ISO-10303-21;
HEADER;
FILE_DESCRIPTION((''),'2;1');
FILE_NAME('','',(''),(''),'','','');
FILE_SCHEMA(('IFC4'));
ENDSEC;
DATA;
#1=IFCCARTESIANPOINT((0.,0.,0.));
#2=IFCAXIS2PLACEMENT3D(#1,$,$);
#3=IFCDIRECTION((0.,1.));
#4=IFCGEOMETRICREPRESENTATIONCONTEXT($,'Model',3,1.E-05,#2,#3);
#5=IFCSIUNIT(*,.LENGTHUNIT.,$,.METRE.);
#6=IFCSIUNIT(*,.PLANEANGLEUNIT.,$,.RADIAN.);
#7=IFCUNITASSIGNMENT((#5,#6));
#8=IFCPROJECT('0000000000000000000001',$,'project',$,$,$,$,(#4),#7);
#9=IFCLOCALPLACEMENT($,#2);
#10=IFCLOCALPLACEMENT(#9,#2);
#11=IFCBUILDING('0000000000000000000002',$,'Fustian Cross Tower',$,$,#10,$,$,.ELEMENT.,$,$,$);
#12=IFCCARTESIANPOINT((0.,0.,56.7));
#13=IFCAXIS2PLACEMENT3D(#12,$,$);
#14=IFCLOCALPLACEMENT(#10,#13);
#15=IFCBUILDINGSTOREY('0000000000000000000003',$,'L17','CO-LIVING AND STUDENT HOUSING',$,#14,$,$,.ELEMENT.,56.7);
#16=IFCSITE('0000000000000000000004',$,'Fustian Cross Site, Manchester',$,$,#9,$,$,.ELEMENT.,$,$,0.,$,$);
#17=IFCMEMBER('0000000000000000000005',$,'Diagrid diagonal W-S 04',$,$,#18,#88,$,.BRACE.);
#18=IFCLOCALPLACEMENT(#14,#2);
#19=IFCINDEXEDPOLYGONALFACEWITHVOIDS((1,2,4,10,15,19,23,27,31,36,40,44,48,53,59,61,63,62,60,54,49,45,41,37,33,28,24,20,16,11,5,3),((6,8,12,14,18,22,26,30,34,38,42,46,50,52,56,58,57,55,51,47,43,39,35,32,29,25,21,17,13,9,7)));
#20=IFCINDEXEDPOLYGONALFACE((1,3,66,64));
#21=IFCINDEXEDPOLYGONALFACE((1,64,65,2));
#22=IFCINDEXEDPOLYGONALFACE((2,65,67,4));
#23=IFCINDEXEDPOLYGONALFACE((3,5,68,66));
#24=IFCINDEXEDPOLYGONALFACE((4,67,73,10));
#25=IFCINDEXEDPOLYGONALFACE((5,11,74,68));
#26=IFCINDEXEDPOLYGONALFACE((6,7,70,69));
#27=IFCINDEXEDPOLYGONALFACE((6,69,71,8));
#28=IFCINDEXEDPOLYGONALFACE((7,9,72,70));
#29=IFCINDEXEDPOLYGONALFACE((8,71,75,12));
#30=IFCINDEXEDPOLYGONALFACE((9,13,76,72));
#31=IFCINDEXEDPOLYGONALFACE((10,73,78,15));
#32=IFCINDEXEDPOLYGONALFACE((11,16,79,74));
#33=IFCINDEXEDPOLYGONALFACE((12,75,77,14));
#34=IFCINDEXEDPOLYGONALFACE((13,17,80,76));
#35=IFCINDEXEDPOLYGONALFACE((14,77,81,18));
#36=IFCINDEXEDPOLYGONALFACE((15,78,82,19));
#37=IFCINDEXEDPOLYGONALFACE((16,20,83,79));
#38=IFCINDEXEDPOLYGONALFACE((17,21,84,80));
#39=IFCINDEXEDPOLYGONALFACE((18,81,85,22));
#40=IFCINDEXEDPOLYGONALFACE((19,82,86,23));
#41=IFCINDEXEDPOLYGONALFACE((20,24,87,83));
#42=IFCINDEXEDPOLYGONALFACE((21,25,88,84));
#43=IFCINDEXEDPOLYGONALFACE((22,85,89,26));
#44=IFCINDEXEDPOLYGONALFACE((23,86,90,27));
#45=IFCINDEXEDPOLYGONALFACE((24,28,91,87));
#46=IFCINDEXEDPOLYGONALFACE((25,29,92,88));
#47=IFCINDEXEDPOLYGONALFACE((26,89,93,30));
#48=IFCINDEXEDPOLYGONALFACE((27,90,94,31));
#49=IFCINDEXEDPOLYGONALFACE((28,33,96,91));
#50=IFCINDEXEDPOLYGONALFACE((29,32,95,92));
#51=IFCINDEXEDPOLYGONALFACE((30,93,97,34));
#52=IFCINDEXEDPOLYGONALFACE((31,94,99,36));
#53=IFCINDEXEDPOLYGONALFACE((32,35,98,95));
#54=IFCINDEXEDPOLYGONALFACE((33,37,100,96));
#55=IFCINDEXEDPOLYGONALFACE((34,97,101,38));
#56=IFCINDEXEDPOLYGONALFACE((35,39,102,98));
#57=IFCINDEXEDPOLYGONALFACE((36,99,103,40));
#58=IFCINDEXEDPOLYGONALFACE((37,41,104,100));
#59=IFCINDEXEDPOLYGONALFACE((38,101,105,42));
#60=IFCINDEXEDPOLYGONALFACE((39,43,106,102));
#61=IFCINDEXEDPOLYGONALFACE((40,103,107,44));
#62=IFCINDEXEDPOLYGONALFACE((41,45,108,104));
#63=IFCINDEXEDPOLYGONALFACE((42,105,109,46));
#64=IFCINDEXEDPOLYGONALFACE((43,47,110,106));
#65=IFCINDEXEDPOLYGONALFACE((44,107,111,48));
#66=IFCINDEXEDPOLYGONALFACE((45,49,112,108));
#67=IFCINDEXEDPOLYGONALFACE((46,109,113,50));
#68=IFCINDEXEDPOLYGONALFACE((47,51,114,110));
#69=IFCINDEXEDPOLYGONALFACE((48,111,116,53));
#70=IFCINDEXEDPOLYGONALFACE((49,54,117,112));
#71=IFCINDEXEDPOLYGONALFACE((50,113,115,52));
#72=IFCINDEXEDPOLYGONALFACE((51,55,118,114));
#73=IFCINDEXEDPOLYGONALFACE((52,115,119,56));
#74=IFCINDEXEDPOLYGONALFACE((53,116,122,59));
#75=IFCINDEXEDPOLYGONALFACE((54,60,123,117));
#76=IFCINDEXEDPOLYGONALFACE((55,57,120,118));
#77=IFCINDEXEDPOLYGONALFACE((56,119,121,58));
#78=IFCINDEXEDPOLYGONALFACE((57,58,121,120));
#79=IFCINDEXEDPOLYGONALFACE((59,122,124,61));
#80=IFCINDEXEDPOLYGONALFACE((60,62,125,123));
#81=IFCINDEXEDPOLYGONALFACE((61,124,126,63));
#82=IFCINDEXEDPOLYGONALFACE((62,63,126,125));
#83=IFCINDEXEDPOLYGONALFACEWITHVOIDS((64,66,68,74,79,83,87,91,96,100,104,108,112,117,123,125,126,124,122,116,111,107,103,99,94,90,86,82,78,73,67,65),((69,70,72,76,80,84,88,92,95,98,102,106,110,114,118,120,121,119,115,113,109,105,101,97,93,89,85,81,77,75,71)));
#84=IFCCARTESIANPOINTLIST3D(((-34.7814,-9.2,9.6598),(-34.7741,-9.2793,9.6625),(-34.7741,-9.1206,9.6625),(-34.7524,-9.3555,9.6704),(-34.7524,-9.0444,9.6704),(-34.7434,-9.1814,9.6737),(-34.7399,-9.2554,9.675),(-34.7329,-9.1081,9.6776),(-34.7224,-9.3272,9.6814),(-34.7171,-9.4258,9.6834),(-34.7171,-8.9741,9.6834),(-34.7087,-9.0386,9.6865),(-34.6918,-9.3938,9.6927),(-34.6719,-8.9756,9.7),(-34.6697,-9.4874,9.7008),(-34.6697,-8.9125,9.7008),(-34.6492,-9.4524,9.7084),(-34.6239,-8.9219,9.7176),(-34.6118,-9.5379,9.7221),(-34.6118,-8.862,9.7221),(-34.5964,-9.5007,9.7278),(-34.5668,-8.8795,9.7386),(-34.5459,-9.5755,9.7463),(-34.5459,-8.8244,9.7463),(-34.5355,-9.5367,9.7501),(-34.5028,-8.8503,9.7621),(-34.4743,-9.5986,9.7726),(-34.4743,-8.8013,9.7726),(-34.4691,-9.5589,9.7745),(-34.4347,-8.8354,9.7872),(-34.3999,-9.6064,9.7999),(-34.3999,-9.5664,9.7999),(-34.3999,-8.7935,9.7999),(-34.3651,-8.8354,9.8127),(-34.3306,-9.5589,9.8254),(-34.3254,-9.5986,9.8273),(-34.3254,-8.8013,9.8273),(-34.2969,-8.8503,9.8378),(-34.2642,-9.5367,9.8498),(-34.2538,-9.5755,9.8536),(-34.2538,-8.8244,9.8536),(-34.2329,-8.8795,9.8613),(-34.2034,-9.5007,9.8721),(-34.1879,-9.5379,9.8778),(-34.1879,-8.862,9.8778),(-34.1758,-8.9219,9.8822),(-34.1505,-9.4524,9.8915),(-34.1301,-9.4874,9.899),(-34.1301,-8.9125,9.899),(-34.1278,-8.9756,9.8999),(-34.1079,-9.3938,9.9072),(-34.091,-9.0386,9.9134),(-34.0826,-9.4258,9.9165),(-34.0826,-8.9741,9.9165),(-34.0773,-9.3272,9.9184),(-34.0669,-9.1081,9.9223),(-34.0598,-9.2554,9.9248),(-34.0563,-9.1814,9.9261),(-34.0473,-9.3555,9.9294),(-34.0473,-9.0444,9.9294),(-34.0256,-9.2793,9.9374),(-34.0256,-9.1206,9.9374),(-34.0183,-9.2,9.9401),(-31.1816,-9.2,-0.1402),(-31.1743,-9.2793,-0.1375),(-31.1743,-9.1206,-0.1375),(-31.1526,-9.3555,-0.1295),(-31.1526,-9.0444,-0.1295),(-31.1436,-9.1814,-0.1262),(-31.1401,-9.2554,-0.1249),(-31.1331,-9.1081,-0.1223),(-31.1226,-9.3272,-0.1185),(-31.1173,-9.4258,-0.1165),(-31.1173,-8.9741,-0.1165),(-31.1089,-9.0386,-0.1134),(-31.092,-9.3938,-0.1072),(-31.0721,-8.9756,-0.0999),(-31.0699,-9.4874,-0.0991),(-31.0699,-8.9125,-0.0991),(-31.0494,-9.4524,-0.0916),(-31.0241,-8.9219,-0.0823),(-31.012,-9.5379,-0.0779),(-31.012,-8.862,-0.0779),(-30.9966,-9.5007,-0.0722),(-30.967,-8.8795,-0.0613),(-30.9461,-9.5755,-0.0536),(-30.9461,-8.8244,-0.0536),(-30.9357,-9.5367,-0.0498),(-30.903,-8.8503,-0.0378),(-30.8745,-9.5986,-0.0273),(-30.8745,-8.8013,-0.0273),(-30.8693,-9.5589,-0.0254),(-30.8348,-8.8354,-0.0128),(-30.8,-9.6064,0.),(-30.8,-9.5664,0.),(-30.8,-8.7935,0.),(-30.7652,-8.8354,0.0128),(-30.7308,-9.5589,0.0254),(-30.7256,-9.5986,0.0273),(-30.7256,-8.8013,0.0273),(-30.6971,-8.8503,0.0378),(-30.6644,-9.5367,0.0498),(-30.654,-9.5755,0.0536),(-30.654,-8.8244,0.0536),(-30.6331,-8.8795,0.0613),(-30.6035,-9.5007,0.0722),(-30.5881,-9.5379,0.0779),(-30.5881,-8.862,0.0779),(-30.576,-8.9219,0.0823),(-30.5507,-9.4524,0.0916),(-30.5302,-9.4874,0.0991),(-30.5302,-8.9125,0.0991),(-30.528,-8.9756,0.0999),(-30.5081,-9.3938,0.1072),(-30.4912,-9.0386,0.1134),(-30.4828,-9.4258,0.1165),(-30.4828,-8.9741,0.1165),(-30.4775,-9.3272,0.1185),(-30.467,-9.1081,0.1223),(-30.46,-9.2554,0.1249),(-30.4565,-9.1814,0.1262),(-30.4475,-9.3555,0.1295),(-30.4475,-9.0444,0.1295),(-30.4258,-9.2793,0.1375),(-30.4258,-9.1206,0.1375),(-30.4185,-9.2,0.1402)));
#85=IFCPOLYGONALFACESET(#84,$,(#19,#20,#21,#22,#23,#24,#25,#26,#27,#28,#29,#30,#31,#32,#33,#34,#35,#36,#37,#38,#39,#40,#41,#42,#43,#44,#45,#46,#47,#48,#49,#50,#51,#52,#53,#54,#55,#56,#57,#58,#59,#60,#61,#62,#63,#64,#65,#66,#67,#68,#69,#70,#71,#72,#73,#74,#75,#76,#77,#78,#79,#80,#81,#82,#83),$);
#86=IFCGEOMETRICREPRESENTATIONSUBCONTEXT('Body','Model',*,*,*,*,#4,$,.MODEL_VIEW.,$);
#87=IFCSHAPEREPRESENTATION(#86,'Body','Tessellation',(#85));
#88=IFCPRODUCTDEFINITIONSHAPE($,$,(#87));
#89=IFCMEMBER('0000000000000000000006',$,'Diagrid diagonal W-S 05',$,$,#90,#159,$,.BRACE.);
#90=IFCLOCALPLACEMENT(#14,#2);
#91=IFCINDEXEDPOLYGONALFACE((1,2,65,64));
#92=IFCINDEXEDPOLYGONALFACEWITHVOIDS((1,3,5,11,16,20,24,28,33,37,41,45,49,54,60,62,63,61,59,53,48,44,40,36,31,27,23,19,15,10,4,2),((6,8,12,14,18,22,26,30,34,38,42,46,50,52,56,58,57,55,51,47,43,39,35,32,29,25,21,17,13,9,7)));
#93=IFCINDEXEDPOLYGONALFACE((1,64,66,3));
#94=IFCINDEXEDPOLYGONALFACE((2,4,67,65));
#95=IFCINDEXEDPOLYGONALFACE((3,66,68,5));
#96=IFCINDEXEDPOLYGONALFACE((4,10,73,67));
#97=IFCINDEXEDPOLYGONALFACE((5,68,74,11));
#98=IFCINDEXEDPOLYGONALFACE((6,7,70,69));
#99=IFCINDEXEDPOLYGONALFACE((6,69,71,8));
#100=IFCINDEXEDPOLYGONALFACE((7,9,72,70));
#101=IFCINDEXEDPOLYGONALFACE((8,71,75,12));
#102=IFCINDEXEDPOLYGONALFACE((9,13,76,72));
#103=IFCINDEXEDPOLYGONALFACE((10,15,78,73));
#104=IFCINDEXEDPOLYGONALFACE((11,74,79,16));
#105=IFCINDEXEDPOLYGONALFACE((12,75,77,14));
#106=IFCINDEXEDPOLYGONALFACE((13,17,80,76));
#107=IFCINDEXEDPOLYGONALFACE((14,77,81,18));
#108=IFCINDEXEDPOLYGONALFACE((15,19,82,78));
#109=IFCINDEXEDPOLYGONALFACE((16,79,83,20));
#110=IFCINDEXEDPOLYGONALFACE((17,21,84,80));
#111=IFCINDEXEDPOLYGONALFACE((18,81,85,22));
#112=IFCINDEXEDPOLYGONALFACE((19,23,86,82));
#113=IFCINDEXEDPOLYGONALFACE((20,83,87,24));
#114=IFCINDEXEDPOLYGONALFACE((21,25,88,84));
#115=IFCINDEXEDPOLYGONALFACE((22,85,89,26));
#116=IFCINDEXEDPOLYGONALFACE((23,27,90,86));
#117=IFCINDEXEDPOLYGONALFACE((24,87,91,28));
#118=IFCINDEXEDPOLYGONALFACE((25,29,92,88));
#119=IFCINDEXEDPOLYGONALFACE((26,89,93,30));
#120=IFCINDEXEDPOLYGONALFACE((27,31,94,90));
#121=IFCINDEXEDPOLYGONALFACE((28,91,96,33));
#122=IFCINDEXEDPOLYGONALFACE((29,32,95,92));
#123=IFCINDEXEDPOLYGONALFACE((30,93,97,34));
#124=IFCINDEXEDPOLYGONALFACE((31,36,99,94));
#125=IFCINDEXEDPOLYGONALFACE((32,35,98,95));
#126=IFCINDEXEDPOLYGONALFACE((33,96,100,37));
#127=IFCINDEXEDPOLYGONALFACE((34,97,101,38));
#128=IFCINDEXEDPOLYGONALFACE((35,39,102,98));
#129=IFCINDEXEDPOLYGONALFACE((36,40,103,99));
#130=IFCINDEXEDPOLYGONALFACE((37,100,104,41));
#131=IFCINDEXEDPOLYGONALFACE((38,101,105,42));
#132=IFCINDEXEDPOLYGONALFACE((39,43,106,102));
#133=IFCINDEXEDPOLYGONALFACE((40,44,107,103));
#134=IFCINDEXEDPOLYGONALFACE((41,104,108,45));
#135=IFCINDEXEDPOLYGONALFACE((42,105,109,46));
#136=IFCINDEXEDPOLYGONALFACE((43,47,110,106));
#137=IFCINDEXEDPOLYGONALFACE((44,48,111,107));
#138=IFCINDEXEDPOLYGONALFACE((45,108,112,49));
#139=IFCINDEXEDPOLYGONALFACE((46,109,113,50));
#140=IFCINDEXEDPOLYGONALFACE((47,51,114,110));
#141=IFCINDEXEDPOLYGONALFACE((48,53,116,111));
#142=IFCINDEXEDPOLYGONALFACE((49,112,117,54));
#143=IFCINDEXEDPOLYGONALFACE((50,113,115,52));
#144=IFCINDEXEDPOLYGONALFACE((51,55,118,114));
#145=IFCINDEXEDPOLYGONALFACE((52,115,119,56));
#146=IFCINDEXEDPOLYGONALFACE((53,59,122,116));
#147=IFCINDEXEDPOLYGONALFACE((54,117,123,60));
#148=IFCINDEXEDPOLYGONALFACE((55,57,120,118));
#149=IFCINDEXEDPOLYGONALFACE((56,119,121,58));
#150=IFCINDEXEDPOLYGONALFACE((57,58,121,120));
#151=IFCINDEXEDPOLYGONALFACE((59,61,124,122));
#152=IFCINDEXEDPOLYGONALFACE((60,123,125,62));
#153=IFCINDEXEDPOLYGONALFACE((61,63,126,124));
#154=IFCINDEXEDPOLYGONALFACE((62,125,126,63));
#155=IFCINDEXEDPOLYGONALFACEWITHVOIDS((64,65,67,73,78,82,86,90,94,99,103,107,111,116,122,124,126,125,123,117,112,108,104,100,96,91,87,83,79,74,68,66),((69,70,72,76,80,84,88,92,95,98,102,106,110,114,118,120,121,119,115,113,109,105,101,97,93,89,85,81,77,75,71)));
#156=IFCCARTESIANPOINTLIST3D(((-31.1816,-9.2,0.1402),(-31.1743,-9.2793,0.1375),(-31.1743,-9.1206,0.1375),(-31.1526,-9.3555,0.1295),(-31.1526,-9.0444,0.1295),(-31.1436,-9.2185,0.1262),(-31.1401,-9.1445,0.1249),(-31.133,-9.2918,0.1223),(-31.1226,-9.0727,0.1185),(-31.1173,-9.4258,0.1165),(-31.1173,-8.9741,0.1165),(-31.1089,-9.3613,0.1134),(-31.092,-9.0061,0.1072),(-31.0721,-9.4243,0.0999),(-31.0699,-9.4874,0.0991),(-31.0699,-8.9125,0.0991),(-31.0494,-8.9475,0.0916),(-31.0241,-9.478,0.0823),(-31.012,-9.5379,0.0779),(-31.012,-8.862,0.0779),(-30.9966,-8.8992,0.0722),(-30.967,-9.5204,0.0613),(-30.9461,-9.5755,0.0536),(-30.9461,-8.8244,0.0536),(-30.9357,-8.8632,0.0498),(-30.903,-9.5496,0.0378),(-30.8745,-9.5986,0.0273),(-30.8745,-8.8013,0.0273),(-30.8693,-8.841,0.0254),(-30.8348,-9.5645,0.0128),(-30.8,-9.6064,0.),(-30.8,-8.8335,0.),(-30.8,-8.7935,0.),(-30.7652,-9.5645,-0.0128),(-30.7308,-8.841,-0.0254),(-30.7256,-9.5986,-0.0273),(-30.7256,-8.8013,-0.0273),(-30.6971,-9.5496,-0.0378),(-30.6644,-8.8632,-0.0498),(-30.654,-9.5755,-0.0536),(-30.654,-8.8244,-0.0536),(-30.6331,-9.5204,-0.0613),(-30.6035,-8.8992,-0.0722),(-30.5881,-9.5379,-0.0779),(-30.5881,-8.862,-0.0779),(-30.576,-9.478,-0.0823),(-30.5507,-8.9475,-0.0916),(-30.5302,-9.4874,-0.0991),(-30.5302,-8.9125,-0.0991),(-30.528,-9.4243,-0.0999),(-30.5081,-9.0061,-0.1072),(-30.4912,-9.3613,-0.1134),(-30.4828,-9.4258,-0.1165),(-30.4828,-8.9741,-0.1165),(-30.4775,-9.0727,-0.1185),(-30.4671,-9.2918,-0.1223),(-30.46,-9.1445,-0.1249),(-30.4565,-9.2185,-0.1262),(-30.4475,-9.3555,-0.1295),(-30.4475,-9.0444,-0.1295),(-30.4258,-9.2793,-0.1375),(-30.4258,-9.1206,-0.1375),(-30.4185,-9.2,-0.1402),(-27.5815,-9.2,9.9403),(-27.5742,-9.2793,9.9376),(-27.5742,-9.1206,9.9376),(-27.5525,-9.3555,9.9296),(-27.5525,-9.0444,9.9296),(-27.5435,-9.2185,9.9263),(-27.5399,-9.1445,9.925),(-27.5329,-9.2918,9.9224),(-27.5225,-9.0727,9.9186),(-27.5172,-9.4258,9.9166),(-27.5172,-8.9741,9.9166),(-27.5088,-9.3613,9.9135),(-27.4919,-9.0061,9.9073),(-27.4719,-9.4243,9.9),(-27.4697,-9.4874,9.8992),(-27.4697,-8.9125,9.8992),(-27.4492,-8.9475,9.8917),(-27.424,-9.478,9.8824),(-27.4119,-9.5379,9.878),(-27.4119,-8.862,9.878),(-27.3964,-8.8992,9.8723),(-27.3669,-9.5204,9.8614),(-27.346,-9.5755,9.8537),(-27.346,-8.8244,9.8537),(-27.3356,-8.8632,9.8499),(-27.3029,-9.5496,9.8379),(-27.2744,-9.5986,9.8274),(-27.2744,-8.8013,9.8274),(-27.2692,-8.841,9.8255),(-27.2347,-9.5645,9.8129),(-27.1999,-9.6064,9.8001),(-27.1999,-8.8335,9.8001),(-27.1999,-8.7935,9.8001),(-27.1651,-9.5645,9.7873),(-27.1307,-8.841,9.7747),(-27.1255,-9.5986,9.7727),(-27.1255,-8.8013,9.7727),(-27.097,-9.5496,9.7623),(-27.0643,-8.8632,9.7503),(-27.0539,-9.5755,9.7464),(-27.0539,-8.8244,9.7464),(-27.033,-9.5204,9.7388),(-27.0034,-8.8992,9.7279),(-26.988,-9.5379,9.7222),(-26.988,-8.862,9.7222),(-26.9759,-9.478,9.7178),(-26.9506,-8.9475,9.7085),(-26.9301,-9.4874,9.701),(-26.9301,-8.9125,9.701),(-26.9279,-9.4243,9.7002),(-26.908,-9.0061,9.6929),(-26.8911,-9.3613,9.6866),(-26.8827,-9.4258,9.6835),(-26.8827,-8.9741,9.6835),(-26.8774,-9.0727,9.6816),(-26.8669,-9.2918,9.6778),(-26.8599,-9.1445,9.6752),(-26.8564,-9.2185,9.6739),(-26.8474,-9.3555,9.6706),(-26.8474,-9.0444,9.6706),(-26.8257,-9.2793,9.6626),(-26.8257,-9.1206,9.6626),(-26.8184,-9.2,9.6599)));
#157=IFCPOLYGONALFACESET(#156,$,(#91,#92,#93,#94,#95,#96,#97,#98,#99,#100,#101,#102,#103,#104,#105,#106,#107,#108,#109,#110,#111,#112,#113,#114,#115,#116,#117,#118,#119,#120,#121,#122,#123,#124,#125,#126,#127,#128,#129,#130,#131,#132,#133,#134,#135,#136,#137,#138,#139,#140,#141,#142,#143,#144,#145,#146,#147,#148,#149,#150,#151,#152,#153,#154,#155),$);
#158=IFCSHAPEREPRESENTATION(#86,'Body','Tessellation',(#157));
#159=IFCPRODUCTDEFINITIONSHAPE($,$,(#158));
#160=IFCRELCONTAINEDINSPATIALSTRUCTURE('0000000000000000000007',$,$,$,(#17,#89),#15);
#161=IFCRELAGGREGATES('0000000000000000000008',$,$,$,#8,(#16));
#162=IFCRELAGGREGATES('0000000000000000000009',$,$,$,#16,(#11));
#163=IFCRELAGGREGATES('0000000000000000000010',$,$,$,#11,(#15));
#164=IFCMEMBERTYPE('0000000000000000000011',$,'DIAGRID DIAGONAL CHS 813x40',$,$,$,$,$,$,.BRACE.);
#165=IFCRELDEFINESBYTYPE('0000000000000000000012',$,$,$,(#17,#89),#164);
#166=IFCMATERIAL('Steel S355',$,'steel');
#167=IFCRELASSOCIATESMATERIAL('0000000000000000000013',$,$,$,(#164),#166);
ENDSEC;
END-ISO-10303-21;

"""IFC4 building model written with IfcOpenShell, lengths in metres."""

from ifc_helpers import new_model, si_unit, direction, frame, origin, origin_2d, place, context, subcontext, project, spatial, hollow_circle, extrude, material, material_profile, profile_set, type_object, element, save


model = new_model("IFC4")

# Units and contexts
model_context = context("Model", 3, precision=1e-05, world=origin(), true_north=direction((0.0, 1.0)))
body_context = subcontext(model_context, "Body", "Model", "MODEL_VIEW")
ifc_project = project(units=[si_unit("LENGTHUNIT", "METRE"), si_unit("PLANEANGLEUNIT", "RADIAN")], contexts=[model_context])

# Site, building, storey
site_placement = place(None, origin())
site = spatial("IfcSite", under=ifc_project, at=site_placement, Name="Fustian Cross Site, Manchester", CompositionType="ELEMENT", RefElevation=0.0)
building_placement = place(site_placement, origin())
building = spatial("IfcBuilding", under=site, at=building_placement, Name="Fustian Cross Tower", CompositionType="ELEMENT")
storey_placement = place(building_placement, frame((0.0, 0.0, 56.7)))
storey = spatial("IfcBuildingStorey", under=building, at=storey_placement, Name="L17", Description="CO-LIVING AND STUDENT HOUSING", CompositionType="ELEMENT", Elevation=56.7)

# Members
ifc_material_1 = material(Name="Steel S355", Category="steel")
ifc_material_profile_1 = material_profile(ifc_material_1, hollow_circle(Radius=0.4065, WallThickness=0.04, at=origin_2d()), Name="CHS 813x40")
ifc_profile_set_1 = profile_set([ifc_material_profile_1], Name="Steel S355")
member_type_1 = type_object("IfcMemberType", Name="DIAGRID DIAGONAL CHS 813x40", PredefinedType="BRACE", material=ifc_profile_set_1)
member_1_placement = place(storey_placement, frame((-30.8, -9.2, 0.0), z_axis=(-0.344804, 0.0, 0.938675), x_axis=(0.0, -1.0, 0.0)))
element("IfcMember", 1, at=member_1_placement, inside=storey, type_object=member_type_1, Name="Diagrid diagonal W-S 04", PredefinedType="BRACE", context=body_context, shape_type="SweptSolid", body=[
    extrude(hollow_circle(Radius=0.4065, WallThickness=0.04, at=origin_2d()), origin(), (0.0, 0.0, 1.0), 10.4402),
])
member_2_placement = place(storey_placement, frame((-30.8, -9.2, 0.0), z_axis=(0.344824, 0.0, 0.938667), x_axis=(0.0, 1.0, 0.0)))
element("IfcMember", 2, at=member_2_placement, inside=storey, type_object=member_type_1, Name="Diagrid diagonal W-S 05", PredefinedType="BRACE", context=body_context, shape_type="SweptSolid", body=[
    extrude(hollow_circle(Radius=0.4065, WallThickness=0.04, at=origin_2d()), origin(), (0.0, 0.0, 1.0), 10.4404),
])

save(model, "model.ifc")
